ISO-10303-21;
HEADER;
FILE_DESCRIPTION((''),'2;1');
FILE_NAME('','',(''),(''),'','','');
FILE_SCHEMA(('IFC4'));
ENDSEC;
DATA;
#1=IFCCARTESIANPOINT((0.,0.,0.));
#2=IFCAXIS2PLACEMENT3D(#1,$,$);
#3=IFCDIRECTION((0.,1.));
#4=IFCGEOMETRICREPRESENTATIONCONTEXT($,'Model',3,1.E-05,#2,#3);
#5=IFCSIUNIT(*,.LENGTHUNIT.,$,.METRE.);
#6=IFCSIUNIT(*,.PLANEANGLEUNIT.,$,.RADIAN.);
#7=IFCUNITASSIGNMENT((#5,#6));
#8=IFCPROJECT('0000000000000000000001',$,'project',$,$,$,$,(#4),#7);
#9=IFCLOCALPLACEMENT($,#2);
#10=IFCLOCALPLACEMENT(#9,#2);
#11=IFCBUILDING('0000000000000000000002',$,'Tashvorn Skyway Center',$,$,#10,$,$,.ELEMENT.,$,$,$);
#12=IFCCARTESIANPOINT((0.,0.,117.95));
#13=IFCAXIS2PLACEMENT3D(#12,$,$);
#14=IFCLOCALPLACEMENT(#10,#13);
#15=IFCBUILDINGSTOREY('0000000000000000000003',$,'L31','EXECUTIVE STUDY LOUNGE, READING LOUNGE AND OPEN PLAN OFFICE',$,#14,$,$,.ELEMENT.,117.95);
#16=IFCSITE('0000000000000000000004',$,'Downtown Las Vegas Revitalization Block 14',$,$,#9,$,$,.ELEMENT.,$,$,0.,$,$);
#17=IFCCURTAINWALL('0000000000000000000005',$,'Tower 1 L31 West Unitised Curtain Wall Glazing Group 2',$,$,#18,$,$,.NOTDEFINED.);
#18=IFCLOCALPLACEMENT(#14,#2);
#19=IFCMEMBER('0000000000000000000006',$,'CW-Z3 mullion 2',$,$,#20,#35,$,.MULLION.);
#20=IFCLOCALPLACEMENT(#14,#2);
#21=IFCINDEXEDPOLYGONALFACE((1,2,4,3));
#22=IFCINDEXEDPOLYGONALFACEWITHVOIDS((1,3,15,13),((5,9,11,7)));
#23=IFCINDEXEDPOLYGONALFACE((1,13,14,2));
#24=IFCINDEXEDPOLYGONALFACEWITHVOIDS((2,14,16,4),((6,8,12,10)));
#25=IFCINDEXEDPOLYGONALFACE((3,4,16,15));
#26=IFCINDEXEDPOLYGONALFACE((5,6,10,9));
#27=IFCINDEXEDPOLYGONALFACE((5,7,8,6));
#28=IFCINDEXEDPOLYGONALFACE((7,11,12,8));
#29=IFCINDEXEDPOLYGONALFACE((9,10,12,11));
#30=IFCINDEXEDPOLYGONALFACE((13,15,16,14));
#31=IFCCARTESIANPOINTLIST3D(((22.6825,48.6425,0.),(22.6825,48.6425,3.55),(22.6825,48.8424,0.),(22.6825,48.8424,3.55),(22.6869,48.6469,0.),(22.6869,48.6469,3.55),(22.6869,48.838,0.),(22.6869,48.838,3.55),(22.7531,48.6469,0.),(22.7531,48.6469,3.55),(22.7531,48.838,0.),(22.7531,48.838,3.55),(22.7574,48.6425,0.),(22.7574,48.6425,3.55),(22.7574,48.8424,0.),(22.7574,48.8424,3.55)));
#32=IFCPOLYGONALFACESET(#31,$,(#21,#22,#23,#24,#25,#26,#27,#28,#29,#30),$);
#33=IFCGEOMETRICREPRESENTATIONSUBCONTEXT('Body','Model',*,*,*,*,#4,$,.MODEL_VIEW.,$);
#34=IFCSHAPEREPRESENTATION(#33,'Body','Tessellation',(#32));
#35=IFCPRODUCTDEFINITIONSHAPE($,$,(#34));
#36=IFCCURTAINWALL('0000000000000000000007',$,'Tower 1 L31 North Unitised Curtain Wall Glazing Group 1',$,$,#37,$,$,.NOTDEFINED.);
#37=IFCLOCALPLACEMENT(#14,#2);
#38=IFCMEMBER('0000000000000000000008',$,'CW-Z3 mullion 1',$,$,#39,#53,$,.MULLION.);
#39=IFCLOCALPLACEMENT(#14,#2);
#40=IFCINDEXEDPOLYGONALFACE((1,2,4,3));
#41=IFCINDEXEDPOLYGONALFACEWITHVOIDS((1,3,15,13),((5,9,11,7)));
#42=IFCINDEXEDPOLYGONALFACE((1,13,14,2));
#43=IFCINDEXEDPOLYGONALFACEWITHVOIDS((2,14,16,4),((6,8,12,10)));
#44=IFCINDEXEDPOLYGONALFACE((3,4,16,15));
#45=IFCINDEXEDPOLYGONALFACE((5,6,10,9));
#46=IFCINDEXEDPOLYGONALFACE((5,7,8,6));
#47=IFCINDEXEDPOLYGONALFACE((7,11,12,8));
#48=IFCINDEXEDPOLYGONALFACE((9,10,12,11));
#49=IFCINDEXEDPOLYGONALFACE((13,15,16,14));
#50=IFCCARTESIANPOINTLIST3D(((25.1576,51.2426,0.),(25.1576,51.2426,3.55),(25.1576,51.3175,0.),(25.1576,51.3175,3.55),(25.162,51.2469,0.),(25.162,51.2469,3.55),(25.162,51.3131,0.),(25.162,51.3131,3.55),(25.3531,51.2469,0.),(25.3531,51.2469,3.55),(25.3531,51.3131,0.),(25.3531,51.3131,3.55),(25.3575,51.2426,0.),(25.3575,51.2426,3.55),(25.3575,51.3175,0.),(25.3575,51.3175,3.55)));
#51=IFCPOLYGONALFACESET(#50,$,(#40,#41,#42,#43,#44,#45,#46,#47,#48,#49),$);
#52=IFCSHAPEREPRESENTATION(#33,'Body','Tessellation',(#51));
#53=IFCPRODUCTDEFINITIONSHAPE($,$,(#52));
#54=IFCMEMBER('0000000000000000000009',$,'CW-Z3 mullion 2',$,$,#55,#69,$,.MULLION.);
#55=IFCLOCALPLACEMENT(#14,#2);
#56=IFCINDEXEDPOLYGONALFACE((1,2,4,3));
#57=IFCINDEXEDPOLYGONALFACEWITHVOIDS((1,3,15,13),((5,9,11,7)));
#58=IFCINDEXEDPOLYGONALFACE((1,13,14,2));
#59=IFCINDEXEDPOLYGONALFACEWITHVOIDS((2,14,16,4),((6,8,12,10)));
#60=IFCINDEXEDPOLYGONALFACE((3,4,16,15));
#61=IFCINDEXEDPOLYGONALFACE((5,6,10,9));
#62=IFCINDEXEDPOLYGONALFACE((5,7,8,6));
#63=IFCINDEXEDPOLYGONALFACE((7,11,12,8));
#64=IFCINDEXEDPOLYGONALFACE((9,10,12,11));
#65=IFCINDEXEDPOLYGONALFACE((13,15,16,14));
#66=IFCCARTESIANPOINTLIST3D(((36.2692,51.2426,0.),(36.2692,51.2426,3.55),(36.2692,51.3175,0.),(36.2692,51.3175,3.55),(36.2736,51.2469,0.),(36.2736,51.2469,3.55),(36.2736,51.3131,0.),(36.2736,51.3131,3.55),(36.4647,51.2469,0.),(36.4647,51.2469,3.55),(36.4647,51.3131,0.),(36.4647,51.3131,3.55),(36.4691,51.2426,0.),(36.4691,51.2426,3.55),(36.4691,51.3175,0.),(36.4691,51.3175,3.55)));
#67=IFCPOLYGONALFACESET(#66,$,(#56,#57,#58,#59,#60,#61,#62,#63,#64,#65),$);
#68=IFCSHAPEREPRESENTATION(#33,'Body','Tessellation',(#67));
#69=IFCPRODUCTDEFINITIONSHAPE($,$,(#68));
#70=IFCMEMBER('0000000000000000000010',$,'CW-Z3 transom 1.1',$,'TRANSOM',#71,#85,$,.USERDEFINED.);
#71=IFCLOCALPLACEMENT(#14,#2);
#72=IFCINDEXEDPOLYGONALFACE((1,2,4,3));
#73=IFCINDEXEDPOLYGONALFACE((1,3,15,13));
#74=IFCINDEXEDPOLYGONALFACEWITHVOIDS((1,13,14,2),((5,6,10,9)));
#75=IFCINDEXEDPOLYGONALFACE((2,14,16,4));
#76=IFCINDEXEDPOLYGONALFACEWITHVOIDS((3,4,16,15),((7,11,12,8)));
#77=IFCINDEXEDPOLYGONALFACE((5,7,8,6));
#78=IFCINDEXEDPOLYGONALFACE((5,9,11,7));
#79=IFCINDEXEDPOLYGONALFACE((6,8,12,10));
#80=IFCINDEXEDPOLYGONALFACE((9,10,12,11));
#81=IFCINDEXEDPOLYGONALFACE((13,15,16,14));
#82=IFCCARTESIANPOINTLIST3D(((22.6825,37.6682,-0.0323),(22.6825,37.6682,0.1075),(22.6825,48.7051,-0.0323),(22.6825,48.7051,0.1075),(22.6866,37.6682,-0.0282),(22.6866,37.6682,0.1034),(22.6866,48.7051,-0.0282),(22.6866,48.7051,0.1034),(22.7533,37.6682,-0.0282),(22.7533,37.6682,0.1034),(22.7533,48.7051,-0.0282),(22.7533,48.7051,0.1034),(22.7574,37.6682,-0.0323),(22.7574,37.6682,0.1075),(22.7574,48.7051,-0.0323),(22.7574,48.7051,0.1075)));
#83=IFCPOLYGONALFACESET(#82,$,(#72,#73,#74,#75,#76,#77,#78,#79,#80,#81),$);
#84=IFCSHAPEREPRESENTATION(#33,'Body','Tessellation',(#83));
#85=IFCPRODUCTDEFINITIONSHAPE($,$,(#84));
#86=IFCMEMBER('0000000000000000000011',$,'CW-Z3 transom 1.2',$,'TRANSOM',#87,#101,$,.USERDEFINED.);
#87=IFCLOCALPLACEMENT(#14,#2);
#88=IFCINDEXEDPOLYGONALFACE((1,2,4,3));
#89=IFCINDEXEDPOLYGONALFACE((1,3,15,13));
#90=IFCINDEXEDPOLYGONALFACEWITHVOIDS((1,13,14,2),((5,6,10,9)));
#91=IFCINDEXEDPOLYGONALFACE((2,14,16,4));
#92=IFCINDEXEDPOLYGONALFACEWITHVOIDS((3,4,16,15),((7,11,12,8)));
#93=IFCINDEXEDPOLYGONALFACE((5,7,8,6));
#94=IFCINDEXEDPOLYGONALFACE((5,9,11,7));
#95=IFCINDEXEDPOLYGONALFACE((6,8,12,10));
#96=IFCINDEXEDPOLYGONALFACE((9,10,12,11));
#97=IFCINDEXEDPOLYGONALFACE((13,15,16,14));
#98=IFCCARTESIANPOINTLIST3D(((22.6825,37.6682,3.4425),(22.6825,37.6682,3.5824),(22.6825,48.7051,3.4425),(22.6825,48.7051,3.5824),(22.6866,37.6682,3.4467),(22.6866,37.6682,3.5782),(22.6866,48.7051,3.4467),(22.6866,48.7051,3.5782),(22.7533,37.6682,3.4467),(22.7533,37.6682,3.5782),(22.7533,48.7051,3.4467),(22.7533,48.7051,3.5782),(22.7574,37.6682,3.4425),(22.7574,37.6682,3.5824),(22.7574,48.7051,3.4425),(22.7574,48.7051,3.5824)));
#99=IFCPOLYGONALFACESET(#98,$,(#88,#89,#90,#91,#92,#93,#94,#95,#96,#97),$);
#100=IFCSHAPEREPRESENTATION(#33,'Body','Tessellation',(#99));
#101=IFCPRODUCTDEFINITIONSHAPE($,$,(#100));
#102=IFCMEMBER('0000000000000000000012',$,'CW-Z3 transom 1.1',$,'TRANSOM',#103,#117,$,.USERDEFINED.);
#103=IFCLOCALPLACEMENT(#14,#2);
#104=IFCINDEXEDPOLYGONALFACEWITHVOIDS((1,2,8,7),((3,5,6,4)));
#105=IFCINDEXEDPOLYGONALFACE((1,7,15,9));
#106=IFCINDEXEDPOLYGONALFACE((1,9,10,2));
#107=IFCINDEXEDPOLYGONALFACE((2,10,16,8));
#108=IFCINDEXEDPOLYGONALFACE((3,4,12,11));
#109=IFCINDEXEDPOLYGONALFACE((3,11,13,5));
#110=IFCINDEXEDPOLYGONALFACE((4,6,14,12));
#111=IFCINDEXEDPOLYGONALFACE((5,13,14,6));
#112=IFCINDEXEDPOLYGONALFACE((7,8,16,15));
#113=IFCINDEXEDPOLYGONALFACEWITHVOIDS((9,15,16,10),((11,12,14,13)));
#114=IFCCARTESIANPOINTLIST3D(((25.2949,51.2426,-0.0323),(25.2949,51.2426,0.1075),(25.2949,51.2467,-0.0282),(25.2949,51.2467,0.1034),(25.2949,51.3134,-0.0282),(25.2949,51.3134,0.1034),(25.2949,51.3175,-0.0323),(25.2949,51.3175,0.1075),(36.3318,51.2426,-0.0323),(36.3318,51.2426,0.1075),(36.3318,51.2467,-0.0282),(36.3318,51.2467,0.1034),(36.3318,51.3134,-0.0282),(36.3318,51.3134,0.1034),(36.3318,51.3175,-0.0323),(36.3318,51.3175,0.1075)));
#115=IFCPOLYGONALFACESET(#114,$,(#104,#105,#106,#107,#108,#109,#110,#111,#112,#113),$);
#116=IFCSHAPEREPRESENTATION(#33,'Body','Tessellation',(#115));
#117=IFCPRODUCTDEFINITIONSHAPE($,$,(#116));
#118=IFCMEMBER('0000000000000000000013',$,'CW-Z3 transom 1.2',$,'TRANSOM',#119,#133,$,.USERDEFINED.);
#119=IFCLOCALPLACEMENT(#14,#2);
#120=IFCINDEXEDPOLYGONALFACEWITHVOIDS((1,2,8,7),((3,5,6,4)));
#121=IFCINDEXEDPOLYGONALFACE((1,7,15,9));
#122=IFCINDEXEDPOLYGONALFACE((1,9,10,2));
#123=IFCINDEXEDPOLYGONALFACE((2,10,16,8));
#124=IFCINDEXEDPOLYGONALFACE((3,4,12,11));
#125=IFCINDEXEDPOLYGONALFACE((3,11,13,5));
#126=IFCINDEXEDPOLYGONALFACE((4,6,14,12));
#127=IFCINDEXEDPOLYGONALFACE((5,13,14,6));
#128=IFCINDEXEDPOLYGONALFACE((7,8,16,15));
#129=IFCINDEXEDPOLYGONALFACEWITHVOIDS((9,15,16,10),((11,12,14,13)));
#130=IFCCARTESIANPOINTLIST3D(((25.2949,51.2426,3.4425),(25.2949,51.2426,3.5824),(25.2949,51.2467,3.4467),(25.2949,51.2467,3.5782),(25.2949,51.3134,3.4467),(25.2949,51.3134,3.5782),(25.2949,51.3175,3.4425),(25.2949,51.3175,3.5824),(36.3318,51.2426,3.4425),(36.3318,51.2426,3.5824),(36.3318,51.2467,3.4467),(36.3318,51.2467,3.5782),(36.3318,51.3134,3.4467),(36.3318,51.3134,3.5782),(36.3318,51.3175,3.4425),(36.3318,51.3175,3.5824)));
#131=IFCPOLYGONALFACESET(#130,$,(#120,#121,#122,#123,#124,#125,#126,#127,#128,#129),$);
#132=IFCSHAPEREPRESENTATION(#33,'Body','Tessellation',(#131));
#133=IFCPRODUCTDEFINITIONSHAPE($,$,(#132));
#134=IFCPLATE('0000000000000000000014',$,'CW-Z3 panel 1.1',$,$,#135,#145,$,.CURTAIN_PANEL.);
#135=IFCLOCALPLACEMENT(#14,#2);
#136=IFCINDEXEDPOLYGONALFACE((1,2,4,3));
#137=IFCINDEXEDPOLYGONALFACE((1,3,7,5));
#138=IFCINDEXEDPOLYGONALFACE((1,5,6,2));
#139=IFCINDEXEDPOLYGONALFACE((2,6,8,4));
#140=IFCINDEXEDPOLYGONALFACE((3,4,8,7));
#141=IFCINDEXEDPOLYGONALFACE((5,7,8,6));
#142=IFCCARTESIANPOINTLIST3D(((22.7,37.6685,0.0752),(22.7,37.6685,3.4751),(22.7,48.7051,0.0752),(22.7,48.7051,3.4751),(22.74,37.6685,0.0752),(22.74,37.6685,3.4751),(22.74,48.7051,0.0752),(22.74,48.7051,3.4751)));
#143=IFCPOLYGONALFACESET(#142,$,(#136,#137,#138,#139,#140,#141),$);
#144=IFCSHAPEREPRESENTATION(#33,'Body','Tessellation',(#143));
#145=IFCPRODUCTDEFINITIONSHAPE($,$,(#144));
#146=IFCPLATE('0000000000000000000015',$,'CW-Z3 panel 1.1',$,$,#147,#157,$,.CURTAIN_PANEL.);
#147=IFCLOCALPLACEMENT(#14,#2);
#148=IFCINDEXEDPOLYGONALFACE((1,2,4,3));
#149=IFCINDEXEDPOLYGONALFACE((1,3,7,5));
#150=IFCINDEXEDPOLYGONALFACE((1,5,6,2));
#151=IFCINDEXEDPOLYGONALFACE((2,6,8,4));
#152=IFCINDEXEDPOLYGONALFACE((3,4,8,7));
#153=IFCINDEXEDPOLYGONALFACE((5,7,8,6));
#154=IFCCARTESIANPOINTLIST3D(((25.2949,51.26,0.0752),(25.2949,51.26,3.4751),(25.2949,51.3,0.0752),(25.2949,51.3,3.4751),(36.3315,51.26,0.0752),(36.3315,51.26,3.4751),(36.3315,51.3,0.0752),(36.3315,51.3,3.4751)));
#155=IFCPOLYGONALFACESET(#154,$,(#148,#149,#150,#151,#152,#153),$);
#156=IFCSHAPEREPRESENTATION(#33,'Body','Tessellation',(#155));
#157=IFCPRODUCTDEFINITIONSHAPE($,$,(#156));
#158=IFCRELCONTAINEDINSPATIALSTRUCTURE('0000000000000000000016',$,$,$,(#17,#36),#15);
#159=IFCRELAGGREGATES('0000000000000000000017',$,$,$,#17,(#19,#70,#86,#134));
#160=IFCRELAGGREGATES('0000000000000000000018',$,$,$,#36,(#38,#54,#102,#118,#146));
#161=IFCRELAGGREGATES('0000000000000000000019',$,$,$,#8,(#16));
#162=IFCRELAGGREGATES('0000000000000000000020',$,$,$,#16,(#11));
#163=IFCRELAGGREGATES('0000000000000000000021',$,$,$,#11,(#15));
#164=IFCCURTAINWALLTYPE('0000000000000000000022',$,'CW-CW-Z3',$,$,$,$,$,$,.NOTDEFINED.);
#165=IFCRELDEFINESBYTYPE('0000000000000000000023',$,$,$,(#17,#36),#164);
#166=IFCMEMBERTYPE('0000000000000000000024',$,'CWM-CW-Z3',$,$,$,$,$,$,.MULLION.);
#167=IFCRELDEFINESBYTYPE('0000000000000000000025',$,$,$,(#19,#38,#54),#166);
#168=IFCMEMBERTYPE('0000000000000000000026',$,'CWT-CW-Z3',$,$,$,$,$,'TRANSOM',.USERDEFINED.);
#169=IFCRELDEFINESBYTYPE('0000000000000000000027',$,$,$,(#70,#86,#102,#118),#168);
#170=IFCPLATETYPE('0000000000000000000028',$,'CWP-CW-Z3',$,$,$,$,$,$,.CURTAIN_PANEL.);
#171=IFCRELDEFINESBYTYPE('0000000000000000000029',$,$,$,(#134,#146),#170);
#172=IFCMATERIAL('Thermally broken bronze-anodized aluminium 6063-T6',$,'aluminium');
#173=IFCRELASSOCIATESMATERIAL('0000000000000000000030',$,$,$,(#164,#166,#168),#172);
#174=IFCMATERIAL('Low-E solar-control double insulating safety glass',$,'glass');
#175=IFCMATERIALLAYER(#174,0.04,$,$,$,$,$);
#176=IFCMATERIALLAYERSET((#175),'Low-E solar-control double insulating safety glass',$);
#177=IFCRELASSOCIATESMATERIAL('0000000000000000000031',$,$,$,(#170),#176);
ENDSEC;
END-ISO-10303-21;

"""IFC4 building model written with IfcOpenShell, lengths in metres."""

from ifc_helpers import new_model, si_unit, direction, frame, origin, origin_2d, place, context, subcontext, project, spatial, rectangle, hollow_rectangle, extrude, material, layer, layer_set, material_profile, profile_set, type_object, element, aggregate, save


model = new_model("IFC4")

# Units and contexts
model_context = context("Model", 3, precision=1e-05, world=origin(), true_north=direction((0.0, 1.0)))
body_context = subcontext(model_context, "Body", "Model", "MODEL_VIEW")
ifc_project = project(units=[si_unit("LENGTHUNIT", "METRE"), si_unit("PLANEANGLEUNIT", "RADIAN")], contexts=[model_context])

# Site, building, storey
site_placement = place(None, origin())
site = spatial("IfcSite", under=ifc_project, at=site_placement, Name="Downtown Las Vegas Revitalization Block 14", CompositionType="ELEMENT", RefElevation=0.0)
building_placement = place(site_placement, origin())
building = spatial("IfcBuilding", under=site, at=building_placement, Name="Tashvorn Skyway Center", CompositionType="ELEMENT")
storey_placement = place(building_placement, frame((0.0, 0.0, 117.95)))
storey = spatial("IfcBuildingStorey", under=building, at=storey_placement, Name="L31", Description="EXECUTIVE STUDY LOUNGE, READING LOUNGE AND OPEN PLAN OFFICE", CompositionType="ELEMENT", Elevation=117.95)

# Curtain walls, members
ifc_material_1 = material(Name="Thermally broken bronze-anodized aluminium 6063-T6", Category="aluminium")
curtain_wall_type = type_object("IfcCurtainWallType", Name="CW-CW-Z3", PredefinedType="NOTDEFINED", material=ifc_material_1)
curtain_wall_1_placement = place(storey_placement, origin())
curtain_wall_1 = element("IfcCurtainWall", 1, at=curtain_wall_1_placement, inside=storey, type_object=curtain_wall_type, Name="Tower 1 L31 West Unitised Curtain Wall Glazing Group 2", PredefinedType="NOTDEFINED")
ifc_material_profile_1 = material_profile(ifc_material_1, hollow_rectangle(XDim=0.075, YDim=0.2, WallThickness=0.0044, at=origin_2d()), Name="ALU-MULL-75x200")
ifc_profile_set_1 = profile_set([ifc_material_profile_1], Name="Thermally broken bronze-anodized aluminium 6063-T6")
member_type_1 = type_object("IfcMemberType", Name="CWM-CW-Z3", PredefinedType="MULLION", material=ifc_profile_set_1)
member_1_placement = place(storey_placement, frame((22.72, 48.7424, 0.0), z_axis=(0.0, 0.0, 1.0), x_axis=(-1.0, 0.0, 0.0)))
member_1 = element("IfcMember", 2, at=member_1_placement, type_object=member_type_1, Name="CW-Z3 mullion 2", PredefinedType="MULLION", context=body_context, shape_type="SweptSolid", body=[
    extrude(hollow_rectangle(XDim=0.075, YDim=0.2, WallThickness=0.0044, at=origin_2d()), origin(), (0.0, 0.0, 1.0), 3.55),
])
curtain_wall_2_placement = place(storey_placement, origin())
curtain_wall_2 = element("IfcCurtainWall", 3, at=curtain_wall_2_placement, inside=storey, type_object=curtain_wall_type, Name="Tower 1 L31 North Unitised Curtain Wall Glazing Group 1", PredefinedType="NOTDEFINED")
member_2_placement = place(storey_placement, frame((25.2576, 51.28, 0.0), z_axis=(0.0, 0.0, 1.0), x_axis=(0.0, 1.0, 0.0)))
member_2 = element("IfcMember", 4, at=member_2_placement, type_object=member_type_1, Name="CW-Z3 mullion 1", PredefinedType="MULLION", context=body_context, shape_type="SweptSolid", body=[
    extrude(hollow_rectangle(XDim=0.075, YDim=0.2, WallThickness=0.0044, at=origin_2d()), origin(), (0.0, 0.0, 1.0), 3.55),
])
member_3_placement = place(storey_placement, frame((36.3691, 51.28, 0.0), z_axis=(0.0, 0.0, 1.0), x_axis=(0.0, 1.0, 0.0)))
member_3 = element("IfcMember", 5, at=member_3_placement, type_object=member_type_1, Name="CW-Z3 mullion 2", PredefinedType="MULLION", context=body_context, shape_type="SweptSolid", body=[
    extrude(hollow_rectangle(XDim=0.075, YDim=0.2, WallThickness=0.0044, at=origin_2d()), origin(), (0.0, 0.0, 1.0), 3.55),
])

# Members
ifc_material_profile_2 = material_profile(ifc_material_1, hollow_rectangle(XDim=0.075, YDim=0.1399, WallThickness=0.0042, at=origin_2d()), Name="ALU-TRAN-75x140")
ifc_profile_set_2 = profile_set([ifc_material_profile_2], Name="Thermally broken bronze-anodized aluminium 6063-T6")
member_type_2 = type_object("IfcMemberType", Name="CWT-CW-Z3", ElementType="TRANSOM", PredefinedType="USERDEFINED", material=ifc_profile_set_2)
member_4_placement = place(storey_placement, frame((22.72, 37.6682, 0.0376), z_axis=(0.0, 1.0, 0.0), x_axis=(-1.0, 0.0, 0.0)))
member_4 = element("IfcMember", 6, at=member_4_placement, type_object=member_type_2, Name="CW-Z3 transom 1.1", ObjectType="TRANSOM", PredefinedType="USERDEFINED", context=body_context, shape_type="SweptSolid", body=[
    extrude(hollow_rectangle(XDim=0.075, YDim=0.1399, WallThickness=0.0042, at=origin_2d()), origin(), (0.0, 0.0, 1.0), 11.0369),
])
member_5_placement = place(storey_placement, frame((22.72, 37.6682, 3.5125), z_axis=(0.0, 1.0, 0.0), x_axis=(-1.0, 0.0, 0.0)))
member_5 = element("IfcMember", 7, at=member_5_placement, type_object=member_type_2, Name="CW-Z3 transom 1.2", ObjectType="TRANSOM", PredefinedType="USERDEFINED", context=body_context, shape_type="SweptSolid", body=[
    extrude(hollow_rectangle(XDim=0.075, YDim=0.1399, WallThickness=0.0042, at=origin_2d()), origin(), (0.0, 0.0, 1.0), 11.0369),
])
member_6_placement = place(storey_placement, frame((25.2949, 51.28, 0.0376), z_axis=(1.0, 0.0, 0.0), x_axis=(0.0, 1.0, 0.0)))
member_6 = element("IfcMember", 8, at=member_6_placement, type_object=member_type_2, Name="CW-Z3 transom 1.1", ObjectType="TRANSOM", PredefinedType="USERDEFINED", context=body_context, shape_type="SweptSolid", body=[
    extrude(hollow_rectangle(XDim=0.075, YDim=0.1399, WallThickness=0.0042, at=origin_2d()), origin(), (0.0, 0.0, 1.0), 11.0369),
])
member_7_placement = place(storey_placement, frame((25.2949, 51.28, 3.5125), z_axis=(1.0, 0.0, 0.0), x_axis=(0.0, 1.0, 0.0)))
member_7 = element("IfcMember", 9, at=member_7_placement, type_object=member_type_2, Name="CW-Z3 transom 1.2", ObjectType="TRANSOM", PredefinedType="USERDEFINED", context=body_context, shape_type="SweptSolid", body=[
    extrude(hollow_rectangle(XDim=0.075, YDim=0.1399, WallThickness=0.0042, at=origin_2d()), origin(), (0.0, 0.0, 1.0), 11.0369),
])

# Plates
ifc_material_2 = material(Name="Low-E solar-control double insulating safety glass", Category="glass")
ifc_layer_1 = layer(ifc_material_2, 0.04)
ifc_layer_set_1 = layer_set([ifc_layer_1], Name="Low-E solar-control double insulating safety glass")
plate_type = type_object("IfcPlateType", Name="CWP-CW-Z3", PredefinedType="CURTAIN_PANEL", material=ifc_layer_set_1)
plate_1_placement = place(storey_placement, frame((22.72, 43.1868, 0.0752), z_axis=(0.0, 0.0, 1.0), x_axis=(0.0, 1.0, 0.0)))
plate_1 = element("IfcPlate", 10, at=plate_1_placement, type_object=plate_type, Name="CW-Z3 panel 1.1", PredefinedType="CURTAIN_PANEL", context=body_context, shape_type="SweptSolid", body=[
    extrude(rectangle(XDim=11.0366, YDim=0.04, at=origin_2d()), origin(), (0.0, 0.0, 1.0), 3.3999),
])
aggregate(curtain_wall_1, [member_1, member_4, member_5, plate_1])
plate_2_placement = place(storey_placement, frame((30.8132, 51.28, 0.0752), z_axis=(0.0, 0.0, 1.0), x_axis=(1.0, 0.0, 0.0)))
plate_2 = element("IfcPlate", 11, at=plate_2_placement, type_object=plate_type, Name="CW-Z3 panel 1.1", PredefinedType="CURTAIN_PANEL", context=body_context, shape_type="SweptSolid", body=[
    extrude(rectangle(XDim=11.0366, YDim=0.04, at=origin_2d()), origin(), (0.0, 0.0, 1.0), 3.3999),
])
aggregate(curtain_wall_2, [member_2, member_3, member_6, member_7, plate_2])

save(model, "model.ifc")
